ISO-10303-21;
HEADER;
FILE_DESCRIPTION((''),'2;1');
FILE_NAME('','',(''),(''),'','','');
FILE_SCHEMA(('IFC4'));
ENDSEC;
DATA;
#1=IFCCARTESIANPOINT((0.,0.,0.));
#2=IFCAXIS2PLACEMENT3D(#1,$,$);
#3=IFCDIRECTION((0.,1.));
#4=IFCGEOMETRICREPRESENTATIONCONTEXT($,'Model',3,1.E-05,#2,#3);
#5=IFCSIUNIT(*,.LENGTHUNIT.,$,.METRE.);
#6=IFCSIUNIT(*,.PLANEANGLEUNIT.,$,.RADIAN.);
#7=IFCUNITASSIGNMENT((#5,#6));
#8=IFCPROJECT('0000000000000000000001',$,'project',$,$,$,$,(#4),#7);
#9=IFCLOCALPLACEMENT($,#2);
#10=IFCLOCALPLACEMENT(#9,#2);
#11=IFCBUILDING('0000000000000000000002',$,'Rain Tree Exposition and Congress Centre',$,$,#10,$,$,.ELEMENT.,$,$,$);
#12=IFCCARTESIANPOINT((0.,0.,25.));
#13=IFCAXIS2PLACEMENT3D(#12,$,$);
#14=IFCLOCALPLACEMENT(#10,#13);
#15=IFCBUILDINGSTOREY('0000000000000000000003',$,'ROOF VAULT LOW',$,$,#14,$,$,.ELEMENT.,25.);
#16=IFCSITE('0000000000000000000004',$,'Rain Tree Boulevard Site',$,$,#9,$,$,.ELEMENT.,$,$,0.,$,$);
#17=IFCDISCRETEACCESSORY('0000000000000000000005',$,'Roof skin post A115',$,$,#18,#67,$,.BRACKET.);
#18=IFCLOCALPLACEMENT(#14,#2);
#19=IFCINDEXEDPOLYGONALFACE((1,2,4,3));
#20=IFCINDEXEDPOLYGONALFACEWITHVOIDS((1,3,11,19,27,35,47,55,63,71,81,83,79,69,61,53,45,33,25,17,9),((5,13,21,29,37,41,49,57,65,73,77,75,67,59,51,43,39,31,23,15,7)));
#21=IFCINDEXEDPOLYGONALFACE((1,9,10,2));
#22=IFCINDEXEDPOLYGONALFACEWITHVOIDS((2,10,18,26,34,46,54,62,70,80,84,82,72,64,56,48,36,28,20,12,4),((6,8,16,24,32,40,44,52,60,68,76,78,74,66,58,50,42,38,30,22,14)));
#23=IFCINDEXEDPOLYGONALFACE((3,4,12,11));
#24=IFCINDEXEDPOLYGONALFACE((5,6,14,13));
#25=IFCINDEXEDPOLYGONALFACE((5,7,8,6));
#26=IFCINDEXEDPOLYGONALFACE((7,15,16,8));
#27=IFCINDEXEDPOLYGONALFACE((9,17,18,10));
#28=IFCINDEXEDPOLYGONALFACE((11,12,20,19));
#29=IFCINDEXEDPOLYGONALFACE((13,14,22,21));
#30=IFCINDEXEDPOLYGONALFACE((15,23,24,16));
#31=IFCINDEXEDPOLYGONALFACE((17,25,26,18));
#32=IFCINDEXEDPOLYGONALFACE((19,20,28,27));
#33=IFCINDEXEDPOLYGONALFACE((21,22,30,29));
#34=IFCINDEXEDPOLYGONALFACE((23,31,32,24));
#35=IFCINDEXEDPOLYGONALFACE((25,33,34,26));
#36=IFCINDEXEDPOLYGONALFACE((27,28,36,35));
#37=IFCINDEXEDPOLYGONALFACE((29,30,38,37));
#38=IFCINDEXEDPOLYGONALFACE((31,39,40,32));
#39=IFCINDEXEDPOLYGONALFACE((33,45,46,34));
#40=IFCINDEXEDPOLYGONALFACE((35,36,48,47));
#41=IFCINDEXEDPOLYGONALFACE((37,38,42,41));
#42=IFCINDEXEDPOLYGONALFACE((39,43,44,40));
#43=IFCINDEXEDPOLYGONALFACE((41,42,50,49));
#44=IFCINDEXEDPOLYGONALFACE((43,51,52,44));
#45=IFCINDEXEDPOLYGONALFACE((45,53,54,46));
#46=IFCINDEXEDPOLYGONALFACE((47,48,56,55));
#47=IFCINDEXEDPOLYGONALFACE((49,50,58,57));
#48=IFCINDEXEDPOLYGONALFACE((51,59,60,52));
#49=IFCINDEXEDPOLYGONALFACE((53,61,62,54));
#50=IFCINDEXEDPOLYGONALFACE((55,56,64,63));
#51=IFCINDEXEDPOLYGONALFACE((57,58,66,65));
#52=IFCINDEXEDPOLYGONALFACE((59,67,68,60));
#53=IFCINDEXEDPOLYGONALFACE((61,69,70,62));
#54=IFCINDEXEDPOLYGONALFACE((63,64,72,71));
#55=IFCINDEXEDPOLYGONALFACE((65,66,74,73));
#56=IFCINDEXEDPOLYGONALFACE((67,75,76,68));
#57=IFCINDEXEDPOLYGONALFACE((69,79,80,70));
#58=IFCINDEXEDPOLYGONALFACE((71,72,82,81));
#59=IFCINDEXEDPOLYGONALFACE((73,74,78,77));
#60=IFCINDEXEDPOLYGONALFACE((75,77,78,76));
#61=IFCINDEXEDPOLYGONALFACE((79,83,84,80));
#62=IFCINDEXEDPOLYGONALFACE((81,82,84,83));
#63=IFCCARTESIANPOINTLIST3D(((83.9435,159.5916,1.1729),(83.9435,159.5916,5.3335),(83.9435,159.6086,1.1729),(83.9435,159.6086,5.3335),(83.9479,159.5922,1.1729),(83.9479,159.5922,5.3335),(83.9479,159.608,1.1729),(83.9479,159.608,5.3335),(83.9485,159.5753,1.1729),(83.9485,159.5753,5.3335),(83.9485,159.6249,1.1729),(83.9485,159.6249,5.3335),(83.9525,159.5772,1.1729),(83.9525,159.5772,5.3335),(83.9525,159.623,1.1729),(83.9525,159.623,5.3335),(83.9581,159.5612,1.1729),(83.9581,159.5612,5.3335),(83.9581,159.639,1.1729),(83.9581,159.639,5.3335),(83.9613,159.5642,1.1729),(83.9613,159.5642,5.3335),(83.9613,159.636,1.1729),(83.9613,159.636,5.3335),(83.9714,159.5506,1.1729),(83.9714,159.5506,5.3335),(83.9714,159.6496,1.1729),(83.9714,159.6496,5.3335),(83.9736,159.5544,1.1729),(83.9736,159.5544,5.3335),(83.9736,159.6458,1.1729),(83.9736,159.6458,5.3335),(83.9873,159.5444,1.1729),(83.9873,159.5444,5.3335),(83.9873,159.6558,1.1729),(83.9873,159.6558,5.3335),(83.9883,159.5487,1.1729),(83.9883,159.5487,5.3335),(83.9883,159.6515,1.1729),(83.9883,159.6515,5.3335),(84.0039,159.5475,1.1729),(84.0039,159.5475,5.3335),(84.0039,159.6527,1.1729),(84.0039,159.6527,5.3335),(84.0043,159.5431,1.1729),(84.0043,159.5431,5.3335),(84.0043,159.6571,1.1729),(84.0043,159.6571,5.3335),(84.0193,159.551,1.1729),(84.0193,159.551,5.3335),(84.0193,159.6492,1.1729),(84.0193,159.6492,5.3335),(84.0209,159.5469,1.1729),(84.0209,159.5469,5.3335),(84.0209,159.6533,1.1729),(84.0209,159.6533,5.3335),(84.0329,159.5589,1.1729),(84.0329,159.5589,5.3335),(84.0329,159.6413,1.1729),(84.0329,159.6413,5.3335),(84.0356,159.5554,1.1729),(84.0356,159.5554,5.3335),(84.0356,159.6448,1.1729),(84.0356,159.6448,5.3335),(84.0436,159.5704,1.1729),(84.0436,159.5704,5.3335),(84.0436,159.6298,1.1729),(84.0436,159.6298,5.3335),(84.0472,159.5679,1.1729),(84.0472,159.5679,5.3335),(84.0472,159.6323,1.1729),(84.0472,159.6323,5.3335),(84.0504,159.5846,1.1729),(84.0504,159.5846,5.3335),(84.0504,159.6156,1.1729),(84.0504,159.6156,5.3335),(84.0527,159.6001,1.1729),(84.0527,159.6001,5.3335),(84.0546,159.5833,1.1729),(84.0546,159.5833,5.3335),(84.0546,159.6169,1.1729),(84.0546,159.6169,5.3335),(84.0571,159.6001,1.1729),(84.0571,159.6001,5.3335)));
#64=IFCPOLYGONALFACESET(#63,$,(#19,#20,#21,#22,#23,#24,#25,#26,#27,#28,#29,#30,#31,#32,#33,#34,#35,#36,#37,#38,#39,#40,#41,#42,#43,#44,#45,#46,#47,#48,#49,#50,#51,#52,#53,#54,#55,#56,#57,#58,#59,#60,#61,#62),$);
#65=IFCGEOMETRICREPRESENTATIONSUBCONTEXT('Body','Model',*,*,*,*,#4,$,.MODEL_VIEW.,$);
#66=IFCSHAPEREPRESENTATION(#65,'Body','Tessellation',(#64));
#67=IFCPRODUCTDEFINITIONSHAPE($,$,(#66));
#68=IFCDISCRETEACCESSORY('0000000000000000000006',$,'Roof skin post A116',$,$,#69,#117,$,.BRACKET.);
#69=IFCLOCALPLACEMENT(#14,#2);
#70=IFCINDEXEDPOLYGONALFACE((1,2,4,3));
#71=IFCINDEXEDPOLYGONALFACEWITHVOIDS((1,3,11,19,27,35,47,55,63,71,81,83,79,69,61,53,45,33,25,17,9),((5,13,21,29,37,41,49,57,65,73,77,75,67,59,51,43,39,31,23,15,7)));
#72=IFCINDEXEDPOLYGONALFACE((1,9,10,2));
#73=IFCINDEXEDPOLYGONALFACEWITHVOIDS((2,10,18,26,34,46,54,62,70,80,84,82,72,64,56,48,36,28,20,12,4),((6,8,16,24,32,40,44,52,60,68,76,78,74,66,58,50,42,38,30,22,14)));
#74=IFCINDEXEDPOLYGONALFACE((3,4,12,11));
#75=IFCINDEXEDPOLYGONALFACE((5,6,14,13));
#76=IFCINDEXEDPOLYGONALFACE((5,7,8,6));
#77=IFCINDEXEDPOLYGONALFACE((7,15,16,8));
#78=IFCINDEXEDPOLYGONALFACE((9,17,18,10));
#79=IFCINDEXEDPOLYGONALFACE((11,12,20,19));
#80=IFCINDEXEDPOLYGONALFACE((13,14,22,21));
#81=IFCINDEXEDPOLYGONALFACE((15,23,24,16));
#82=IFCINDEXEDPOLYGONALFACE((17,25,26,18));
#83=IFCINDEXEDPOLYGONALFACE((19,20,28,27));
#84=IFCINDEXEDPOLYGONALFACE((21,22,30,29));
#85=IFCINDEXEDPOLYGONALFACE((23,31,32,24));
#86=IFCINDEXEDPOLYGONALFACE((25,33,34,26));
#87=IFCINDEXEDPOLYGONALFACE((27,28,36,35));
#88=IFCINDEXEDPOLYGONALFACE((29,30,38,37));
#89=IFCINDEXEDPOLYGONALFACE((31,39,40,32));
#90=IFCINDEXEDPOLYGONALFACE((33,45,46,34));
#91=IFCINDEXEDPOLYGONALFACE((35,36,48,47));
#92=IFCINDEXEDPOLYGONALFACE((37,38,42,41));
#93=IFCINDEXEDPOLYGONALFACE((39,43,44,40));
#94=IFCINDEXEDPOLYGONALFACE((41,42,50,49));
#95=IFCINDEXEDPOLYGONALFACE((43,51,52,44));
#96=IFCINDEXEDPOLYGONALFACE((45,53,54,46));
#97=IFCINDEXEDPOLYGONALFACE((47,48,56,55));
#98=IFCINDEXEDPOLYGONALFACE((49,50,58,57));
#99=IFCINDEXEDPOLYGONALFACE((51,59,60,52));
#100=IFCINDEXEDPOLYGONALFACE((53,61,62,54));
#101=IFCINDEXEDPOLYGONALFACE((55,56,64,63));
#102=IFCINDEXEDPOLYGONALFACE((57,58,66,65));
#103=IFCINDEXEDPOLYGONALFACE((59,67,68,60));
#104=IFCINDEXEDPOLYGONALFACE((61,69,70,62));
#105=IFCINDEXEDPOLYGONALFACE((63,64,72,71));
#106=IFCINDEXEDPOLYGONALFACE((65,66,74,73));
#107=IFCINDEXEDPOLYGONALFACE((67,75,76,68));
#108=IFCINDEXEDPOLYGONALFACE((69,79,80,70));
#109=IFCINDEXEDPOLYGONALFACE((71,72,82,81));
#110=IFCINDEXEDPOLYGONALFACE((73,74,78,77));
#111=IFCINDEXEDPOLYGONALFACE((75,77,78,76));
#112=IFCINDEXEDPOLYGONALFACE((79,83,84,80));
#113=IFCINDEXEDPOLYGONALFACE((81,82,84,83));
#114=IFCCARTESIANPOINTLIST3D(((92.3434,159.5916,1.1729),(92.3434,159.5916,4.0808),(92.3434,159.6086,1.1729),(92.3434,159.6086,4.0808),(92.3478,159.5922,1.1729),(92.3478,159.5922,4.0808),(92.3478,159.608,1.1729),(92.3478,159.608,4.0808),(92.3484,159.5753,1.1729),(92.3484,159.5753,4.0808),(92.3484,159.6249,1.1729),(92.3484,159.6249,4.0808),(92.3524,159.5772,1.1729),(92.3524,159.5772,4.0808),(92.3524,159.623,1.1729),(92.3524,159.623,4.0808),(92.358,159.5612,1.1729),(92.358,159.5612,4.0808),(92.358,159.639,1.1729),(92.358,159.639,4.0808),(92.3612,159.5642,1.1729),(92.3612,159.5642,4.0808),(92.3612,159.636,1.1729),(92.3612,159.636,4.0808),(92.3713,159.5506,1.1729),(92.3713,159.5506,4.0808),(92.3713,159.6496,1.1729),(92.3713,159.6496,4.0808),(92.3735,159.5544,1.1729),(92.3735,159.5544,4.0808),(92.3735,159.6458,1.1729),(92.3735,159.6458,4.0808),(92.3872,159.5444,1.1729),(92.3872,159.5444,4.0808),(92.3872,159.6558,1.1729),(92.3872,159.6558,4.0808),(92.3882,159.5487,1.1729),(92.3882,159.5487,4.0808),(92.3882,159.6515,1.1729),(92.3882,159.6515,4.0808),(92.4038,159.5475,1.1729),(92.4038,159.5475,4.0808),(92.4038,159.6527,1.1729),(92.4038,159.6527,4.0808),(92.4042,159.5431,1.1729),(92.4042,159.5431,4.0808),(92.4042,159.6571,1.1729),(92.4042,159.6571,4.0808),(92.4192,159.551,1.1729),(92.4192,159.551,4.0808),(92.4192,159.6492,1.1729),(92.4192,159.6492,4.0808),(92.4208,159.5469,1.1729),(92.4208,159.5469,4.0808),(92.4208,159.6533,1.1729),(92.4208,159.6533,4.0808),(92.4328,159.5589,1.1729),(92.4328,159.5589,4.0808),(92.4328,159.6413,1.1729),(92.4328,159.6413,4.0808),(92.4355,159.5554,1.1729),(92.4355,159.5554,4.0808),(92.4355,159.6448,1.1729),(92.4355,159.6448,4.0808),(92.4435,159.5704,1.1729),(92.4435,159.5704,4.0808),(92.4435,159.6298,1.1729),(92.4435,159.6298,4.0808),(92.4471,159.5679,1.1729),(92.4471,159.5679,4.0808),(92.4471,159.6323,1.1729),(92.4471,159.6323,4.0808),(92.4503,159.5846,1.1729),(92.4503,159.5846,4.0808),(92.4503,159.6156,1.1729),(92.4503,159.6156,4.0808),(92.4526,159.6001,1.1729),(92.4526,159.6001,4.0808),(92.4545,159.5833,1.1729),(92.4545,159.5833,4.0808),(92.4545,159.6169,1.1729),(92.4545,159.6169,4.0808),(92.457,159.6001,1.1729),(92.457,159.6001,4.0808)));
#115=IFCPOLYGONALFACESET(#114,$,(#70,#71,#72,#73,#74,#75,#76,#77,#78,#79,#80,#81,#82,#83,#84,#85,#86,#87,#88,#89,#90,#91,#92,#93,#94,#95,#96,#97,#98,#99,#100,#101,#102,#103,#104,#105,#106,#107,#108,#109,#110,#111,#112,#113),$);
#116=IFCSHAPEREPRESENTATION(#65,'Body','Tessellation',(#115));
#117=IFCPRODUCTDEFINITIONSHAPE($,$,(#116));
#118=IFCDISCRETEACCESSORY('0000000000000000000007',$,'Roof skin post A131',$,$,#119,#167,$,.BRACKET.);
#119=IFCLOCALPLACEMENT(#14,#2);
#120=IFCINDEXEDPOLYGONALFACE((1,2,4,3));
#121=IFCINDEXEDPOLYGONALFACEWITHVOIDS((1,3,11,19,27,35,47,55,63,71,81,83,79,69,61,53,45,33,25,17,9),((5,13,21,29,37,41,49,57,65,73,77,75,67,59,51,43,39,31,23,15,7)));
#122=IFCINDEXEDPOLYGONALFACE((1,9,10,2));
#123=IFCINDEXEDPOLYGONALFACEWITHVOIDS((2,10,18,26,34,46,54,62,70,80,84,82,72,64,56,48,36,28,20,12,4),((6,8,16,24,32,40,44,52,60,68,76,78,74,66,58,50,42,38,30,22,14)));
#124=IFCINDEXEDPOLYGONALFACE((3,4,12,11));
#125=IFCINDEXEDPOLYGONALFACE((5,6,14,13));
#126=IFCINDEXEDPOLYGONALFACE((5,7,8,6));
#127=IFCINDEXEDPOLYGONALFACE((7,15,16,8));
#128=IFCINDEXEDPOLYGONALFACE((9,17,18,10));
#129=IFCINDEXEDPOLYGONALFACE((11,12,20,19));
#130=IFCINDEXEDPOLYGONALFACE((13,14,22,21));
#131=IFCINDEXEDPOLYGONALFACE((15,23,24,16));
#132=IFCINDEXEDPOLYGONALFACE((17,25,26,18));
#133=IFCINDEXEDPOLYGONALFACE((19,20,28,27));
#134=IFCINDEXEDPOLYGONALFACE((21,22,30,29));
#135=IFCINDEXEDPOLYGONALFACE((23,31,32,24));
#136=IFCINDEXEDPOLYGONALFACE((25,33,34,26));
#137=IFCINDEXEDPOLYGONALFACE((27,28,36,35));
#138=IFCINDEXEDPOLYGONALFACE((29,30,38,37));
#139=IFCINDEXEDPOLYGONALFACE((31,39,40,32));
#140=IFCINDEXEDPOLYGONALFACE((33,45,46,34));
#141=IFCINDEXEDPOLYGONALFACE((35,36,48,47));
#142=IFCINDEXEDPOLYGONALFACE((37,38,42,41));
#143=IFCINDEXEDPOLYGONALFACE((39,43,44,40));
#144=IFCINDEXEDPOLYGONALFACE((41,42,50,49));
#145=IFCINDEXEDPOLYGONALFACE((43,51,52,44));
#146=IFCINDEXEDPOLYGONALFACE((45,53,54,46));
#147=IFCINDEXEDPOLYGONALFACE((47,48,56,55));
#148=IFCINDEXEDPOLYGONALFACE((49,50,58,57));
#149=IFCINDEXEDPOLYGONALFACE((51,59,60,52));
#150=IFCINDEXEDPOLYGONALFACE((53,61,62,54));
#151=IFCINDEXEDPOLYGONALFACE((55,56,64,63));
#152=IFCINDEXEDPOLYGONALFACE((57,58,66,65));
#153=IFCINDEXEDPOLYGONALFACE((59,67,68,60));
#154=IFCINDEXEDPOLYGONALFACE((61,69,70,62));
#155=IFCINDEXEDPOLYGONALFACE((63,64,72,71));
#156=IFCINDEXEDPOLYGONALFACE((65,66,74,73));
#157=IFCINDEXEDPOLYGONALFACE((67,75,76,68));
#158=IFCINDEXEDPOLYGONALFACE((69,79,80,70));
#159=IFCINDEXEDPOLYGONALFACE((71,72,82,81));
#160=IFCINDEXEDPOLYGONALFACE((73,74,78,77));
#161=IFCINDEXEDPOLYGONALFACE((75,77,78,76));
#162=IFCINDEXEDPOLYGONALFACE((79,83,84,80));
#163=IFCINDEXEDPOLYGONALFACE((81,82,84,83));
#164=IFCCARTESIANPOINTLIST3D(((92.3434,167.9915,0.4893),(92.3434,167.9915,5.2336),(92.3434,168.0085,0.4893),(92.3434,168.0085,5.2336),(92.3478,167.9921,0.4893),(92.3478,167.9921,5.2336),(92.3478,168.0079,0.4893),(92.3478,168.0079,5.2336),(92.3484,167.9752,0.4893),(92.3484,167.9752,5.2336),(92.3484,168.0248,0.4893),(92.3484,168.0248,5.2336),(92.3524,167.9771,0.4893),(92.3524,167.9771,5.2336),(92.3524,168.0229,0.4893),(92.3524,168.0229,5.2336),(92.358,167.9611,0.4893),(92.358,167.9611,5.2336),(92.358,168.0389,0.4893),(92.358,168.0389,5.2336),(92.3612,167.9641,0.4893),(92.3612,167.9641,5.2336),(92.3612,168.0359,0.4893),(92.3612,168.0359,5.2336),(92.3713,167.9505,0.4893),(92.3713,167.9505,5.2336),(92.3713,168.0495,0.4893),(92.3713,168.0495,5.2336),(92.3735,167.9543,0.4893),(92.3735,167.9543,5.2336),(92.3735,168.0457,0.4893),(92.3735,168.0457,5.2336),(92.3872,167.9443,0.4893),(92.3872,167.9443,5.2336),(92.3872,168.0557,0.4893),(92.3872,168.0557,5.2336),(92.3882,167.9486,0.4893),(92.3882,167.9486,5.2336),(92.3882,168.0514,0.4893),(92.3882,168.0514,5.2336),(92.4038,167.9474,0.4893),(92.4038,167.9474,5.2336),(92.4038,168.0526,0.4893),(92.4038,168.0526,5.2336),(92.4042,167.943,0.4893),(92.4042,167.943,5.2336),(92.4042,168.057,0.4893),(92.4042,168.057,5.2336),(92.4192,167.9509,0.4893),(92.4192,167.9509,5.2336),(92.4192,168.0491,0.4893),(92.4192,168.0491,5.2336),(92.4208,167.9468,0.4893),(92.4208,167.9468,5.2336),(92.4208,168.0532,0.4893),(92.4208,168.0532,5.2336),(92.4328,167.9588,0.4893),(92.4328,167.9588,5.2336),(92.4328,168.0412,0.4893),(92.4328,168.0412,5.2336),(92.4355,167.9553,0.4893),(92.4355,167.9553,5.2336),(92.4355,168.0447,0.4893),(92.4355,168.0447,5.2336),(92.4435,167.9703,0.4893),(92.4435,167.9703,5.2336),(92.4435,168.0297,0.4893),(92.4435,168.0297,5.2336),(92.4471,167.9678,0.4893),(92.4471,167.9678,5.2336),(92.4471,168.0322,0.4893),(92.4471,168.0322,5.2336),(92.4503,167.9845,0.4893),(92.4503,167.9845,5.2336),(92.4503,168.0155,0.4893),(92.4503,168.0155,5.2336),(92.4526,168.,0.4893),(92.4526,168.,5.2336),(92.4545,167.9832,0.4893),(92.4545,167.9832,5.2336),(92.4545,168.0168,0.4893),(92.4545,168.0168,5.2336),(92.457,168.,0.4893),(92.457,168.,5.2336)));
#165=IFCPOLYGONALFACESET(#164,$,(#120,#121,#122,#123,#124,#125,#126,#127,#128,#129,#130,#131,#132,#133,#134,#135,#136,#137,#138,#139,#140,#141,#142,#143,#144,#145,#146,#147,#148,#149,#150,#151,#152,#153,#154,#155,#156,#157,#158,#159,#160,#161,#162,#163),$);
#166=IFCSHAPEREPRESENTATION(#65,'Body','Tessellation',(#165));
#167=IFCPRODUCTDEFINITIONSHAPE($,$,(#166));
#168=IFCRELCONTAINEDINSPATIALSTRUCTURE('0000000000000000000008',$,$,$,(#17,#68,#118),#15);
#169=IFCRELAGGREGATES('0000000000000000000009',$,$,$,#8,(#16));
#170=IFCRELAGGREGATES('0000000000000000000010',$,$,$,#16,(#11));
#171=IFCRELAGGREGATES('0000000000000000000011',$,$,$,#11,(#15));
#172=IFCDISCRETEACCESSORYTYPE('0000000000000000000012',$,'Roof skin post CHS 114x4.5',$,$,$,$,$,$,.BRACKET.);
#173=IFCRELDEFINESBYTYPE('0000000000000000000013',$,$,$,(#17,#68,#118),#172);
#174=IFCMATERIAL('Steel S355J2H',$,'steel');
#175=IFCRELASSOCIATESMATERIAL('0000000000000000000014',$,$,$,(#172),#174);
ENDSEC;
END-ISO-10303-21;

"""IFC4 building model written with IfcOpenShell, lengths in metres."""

from ifc_helpers import new_model, si_unit, direction, frame, origin, origin_2d, place, context, subcontext, project, spatial, hollow_circle, extrude, material, material_profile, profile_set, type_object, element, save


model = new_model("IFC4")

# Units and contexts
model_context = context("Model", 3, precision=1e-05, world=origin(), true_north=direction((0.0, 1.0)))
body_context = subcontext(model_context, "Body", "Model", "MODEL_VIEW")
ifc_project = project(units=[si_unit("LENGTHUNIT", "METRE"), si_unit("PLANEANGLEUNIT", "RADIAN")], contexts=[model_context])

# Site, building, storey
site_placement = place(None, origin())
site = spatial("IfcSite", under=ifc_project, at=site_placement, Name="Rain Tree Boulevard Site", CompositionType="ELEMENT", RefElevation=0.0)
building_placement = place(site_placement, origin())
building = spatial("IfcBuilding", under=site, at=building_placement, Name="Rain Tree Exposition and Congress Centre", CompositionType="ELEMENT")
storey_placement = place(building_placement, frame((0.0, 0.0, 25.0)))
storey = spatial("IfcBuildingStorey", under=building, at=storey_placement, Name="ROOF VAULT LOW", CompositionType="ELEMENT", Elevation=25.0)

# Discrete accessories
ifc_material_1 = material(Name="Steel S355J2H", Category="steel")
ifc_material_profile_1 = material_profile(ifc_material_1, hollow_circle(Radius=0.0571, WallThickness=0.0044, at=origin_2d()), Name="CHS 114x4.5")
ifc_profile_set_1 = profile_set([ifc_material_profile_1], Name="Steel S355J2H")
discrete_accessory_type_1 = type_object("IfcDiscreteAccessoryType", Name="Roof skin post CHS 114x4.5", PredefinedType="BRACKET", material=ifc_profile_set_1)
discrete_accessory_1_placement = place(storey_placement, frame((84.0, 159.6001, 1.1729), z_axis=(0.0, 0.0, 1.0), x_axis=(1.0, 0.0, 0.0)))
element("IfcDiscreteAccessory", 1, at=discrete_accessory_1_placement, inside=storey, type_object=discrete_accessory_type_1, Name="Roof skin post A115", PredefinedType="BRACKET", context=body_context, shape_type="SweptSolid", body=[
    extrude(hollow_circle(Radius=0.0571, WallThickness=0.0044, at=origin_2d()), origin(), (0.0, 0.0, 1.0), 4.1606),
])
discrete_accessory_2_placement = place(storey_placement, frame((92.3999, 159.6001, 1.1729), z_axis=(0.0, 0.0, 1.0), x_axis=(1.0, 0.0, 0.0)))
element("IfcDiscreteAccessory", 2, at=discrete_accessory_2_placement, inside=storey, type_object=discrete_accessory_type_1, Name="Roof skin post A116", PredefinedType="BRACKET", context=body_context, shape_type="SweptSolid", body=[
    extrude(hollow_circle(Radius=0.0571, WallThickness=0.0044, at=origin_2d()), origin(), (0.0, 0.0, 1.0), 2.908),
])
discrete_accessory_3_placement = place(storey_placement, frame((92.3999, 168.0, 0.4893), z_axis=(0.0, 0.0, 1.0), x_axis=(1.0, 0.0, 0.0)))
element("IfcDiscreteAccessory", 3, at=discrete_accessory_3_placement, inside=storey, type_object=discrete_accessory_type_1, Name="Roof skin post A131", PredefinedType="BRACKET", context=body_context, shape_type="SweptSolid", body=[
    extrude(hollow_circle(Radius=0.0571, WallThickness=0.0044, at=origin_2d()), origin(), (0.0, 0.0, 1.0), 4.7444),
])

save(model, "model.ifc")
